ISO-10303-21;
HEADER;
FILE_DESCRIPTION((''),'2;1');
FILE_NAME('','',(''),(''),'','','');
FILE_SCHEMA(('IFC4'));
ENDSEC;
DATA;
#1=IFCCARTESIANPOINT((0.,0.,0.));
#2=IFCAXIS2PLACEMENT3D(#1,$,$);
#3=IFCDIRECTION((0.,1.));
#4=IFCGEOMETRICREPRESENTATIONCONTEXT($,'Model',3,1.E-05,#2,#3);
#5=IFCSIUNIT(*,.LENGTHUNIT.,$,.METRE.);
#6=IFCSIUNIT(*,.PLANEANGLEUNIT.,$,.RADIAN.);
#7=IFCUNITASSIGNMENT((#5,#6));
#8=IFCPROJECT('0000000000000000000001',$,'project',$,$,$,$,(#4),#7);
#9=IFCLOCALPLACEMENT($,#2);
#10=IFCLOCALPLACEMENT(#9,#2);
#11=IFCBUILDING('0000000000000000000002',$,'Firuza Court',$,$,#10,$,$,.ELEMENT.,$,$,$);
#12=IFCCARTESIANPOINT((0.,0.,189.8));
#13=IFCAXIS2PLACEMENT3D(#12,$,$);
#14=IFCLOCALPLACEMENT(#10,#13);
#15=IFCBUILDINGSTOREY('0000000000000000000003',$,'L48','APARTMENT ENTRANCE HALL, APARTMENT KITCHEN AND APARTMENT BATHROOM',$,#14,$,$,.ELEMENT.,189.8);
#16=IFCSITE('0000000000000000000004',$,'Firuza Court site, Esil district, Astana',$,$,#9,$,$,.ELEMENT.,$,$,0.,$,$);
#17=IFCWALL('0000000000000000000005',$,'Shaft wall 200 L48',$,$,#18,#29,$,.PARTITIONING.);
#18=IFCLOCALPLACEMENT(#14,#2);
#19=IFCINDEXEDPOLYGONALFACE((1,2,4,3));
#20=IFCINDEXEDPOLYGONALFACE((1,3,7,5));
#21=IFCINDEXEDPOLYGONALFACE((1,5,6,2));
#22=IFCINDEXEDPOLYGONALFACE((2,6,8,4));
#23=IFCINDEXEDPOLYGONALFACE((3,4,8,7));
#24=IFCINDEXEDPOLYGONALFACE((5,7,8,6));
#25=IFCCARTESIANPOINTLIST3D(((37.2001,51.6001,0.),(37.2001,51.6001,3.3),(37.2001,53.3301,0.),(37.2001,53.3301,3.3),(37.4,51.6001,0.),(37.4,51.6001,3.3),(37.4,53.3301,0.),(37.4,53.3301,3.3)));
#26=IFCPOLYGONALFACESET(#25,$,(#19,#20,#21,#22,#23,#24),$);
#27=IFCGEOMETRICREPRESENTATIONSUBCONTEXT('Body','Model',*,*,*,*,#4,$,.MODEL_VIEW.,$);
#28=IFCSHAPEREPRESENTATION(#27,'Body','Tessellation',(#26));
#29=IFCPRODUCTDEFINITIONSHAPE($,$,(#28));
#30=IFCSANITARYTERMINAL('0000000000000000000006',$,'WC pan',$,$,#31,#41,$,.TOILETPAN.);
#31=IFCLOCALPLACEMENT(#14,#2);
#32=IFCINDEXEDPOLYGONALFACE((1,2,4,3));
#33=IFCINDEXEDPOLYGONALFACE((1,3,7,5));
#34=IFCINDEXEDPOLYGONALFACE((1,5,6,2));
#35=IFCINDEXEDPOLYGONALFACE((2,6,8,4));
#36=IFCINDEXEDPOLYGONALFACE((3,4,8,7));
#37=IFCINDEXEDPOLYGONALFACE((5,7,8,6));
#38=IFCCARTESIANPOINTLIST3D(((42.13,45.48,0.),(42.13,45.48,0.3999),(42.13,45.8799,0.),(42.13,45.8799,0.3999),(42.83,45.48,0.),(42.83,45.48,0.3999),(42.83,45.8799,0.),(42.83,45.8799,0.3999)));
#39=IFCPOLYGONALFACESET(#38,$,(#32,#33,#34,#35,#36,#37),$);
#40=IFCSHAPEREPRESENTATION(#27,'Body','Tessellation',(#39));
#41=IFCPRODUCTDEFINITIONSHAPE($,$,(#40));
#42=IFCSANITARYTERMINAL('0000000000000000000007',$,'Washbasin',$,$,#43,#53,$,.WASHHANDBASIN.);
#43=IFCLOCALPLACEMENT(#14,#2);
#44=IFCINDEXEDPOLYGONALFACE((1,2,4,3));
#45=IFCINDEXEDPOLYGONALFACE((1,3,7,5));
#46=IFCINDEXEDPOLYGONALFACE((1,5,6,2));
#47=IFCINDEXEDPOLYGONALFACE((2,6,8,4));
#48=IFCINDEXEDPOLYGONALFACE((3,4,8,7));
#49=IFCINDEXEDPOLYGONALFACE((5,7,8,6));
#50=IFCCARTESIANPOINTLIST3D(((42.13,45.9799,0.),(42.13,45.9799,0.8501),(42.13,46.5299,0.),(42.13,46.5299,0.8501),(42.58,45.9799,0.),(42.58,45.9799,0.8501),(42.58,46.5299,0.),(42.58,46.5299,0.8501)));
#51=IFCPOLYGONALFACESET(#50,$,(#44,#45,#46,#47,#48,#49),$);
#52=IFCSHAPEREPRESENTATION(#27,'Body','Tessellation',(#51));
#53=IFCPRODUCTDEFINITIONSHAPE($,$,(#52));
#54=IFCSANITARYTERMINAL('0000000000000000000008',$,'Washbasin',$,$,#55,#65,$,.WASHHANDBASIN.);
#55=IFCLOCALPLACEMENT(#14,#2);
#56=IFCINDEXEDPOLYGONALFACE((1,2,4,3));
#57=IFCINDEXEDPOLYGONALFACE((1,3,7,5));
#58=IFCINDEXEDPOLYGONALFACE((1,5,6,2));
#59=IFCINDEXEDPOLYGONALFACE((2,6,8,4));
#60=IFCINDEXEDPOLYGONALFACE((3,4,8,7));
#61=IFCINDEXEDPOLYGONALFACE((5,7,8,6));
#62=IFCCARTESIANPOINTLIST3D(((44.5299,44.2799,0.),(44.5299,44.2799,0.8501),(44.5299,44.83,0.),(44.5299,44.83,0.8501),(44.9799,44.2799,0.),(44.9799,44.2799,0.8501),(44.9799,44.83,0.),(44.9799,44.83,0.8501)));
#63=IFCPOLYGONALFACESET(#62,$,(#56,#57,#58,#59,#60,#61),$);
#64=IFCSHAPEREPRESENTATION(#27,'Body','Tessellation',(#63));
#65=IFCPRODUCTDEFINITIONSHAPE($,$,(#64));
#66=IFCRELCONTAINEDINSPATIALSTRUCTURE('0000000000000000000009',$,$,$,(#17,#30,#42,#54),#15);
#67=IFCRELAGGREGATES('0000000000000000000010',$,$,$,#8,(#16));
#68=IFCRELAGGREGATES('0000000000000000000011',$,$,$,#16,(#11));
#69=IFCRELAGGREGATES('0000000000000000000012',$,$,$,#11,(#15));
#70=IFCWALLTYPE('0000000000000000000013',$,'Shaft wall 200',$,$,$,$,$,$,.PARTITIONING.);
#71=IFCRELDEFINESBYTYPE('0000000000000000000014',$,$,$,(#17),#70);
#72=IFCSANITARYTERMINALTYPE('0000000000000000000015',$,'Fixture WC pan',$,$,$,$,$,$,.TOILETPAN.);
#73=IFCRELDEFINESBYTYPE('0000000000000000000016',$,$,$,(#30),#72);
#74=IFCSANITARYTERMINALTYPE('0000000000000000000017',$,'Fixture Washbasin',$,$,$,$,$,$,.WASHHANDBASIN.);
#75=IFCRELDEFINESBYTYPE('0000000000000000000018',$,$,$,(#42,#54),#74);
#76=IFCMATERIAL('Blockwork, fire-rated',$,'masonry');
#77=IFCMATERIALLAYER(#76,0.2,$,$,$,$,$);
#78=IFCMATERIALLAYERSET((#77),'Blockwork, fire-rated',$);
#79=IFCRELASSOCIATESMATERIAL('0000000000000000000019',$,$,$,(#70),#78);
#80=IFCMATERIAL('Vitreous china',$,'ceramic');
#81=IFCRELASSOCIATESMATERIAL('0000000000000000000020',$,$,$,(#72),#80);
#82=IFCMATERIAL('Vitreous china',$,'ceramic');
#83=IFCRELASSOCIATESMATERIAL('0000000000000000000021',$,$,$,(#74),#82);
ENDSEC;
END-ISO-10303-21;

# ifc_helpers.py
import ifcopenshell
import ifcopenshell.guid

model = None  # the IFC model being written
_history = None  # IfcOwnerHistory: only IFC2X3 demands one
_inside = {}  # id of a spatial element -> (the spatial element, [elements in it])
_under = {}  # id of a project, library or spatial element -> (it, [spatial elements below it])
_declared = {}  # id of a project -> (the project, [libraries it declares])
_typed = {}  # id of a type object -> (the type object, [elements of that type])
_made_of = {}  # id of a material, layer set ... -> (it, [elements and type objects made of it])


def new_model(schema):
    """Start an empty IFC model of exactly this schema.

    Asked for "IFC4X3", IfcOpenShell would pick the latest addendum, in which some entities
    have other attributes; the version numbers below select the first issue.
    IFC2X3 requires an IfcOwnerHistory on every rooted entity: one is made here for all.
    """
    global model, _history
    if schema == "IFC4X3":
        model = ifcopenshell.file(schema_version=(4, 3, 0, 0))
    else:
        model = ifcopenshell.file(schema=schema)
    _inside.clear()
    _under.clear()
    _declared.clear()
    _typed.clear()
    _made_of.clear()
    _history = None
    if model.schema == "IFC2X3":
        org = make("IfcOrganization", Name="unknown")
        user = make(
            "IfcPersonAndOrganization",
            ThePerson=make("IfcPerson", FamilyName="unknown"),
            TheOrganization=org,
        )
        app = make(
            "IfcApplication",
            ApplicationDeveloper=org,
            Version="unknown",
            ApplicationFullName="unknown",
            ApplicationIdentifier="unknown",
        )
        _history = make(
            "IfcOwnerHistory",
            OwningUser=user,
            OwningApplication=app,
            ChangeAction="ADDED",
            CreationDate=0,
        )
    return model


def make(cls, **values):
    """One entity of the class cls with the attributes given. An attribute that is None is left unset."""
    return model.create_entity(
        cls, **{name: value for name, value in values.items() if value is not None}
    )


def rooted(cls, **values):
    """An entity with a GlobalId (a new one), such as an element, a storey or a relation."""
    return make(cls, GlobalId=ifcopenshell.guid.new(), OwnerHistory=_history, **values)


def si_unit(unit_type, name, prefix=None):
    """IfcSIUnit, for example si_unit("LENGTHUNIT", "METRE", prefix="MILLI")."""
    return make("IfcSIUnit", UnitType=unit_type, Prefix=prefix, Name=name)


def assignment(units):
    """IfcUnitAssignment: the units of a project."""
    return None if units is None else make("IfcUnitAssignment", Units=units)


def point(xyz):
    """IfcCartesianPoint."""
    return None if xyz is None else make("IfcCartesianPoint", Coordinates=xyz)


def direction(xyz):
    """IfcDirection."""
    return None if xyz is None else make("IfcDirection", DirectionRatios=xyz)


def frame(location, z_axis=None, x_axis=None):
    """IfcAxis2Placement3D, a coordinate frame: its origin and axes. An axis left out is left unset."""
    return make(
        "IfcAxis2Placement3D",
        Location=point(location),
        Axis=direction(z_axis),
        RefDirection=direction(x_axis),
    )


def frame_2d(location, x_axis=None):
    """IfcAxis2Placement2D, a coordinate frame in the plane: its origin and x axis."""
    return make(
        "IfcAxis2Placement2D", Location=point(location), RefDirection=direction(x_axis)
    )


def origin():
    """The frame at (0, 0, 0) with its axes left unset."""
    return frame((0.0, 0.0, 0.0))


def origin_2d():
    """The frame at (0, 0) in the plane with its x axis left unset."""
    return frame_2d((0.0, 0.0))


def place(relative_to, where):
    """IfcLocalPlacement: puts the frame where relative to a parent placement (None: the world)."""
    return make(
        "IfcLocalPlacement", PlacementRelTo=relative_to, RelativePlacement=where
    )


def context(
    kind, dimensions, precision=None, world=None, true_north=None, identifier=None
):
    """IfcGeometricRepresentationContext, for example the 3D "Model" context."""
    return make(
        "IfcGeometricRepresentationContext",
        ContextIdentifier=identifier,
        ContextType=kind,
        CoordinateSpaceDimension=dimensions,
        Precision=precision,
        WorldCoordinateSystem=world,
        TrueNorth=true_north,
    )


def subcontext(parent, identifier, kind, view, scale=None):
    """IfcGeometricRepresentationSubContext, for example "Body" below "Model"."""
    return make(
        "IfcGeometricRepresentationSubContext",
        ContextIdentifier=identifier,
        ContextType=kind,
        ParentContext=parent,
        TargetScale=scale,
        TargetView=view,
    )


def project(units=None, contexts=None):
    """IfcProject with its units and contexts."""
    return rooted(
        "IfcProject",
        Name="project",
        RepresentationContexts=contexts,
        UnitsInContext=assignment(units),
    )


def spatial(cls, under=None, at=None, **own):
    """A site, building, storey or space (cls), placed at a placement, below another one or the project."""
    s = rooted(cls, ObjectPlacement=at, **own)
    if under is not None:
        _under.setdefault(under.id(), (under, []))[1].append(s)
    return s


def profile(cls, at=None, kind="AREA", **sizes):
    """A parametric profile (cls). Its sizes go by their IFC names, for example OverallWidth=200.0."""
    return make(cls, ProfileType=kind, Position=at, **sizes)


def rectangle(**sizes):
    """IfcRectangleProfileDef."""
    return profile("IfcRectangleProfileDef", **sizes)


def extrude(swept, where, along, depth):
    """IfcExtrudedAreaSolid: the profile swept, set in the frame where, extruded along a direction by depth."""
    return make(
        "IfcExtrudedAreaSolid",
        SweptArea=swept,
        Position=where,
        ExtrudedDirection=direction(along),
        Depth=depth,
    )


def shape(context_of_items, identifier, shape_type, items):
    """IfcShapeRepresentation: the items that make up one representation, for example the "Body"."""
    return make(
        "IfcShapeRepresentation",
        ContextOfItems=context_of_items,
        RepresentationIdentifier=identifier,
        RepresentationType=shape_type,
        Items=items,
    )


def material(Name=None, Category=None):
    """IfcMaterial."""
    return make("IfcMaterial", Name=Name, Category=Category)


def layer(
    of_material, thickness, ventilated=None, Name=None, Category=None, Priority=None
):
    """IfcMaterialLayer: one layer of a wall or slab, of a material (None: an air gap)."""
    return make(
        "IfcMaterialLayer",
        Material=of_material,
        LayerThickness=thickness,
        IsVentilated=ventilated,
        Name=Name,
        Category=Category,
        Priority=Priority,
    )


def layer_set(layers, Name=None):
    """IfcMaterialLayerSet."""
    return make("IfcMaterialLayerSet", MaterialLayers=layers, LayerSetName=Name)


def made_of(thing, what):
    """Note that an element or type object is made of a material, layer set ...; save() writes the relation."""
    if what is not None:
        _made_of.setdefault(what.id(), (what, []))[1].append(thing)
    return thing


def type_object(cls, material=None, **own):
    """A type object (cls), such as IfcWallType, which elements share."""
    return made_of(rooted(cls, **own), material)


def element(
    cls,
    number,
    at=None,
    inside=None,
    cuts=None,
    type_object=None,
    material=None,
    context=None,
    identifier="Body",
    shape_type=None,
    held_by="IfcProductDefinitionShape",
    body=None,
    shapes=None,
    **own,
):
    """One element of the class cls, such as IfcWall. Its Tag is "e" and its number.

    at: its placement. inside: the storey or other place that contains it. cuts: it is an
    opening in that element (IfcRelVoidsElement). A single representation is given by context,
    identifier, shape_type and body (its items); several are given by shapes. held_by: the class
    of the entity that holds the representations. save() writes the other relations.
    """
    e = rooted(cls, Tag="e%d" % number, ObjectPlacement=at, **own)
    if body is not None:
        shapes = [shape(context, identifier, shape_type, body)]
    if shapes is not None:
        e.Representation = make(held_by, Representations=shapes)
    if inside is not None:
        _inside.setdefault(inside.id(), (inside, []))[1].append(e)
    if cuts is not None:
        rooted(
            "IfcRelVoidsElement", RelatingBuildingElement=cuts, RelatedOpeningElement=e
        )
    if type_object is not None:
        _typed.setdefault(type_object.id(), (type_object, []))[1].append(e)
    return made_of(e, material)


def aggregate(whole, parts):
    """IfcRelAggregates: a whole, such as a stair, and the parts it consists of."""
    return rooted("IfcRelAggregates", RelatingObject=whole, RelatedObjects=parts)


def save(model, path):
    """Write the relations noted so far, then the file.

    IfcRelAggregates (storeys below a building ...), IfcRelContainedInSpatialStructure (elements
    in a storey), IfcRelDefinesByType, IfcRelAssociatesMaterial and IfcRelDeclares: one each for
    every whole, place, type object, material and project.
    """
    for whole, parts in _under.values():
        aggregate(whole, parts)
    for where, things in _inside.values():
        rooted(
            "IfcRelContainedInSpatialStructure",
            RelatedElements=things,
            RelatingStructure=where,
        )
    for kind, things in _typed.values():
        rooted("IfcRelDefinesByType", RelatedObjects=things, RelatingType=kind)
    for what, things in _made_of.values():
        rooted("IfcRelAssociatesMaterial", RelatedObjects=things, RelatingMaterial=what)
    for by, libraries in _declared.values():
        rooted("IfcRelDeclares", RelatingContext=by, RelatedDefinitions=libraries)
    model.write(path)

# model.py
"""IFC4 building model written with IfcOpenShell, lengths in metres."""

from ifc_helpers import new_model, si_unit, direction, frame, frame_2d, origin, origin_2d, place, context, subcontext, project, spatial, rectangle, extrude, material, layer, layer_set, type_object, element, save


model = new_model("IFC4")

# Units and contexts
model_context = context("Model", 3, precision=1e-05, world=origin(), true_north=direction((0.0, 1.0)))
body_context = subcontext(model_context, "Body", "Model", "MODEL_VIEW")
ifc_project = project(units=[si_unit("LENGTHUNIT", "METRE"), si_unit("PLANEANGLEUNIT", "RADIAN")], contexts=[model_context])

# Site, building, storey
site_placement = place(None, origin())
site = spatial("IfcSite", under=ifc_project, at=site_placement, Name="Firuza Court site, Esil district, Astana", CompositionType="ELEMENT", RefElevation=0.0)
building_placement = place(site_placement, origin())
building = spatial("IfcBuilding", under=site, at=building_placement, Name="Firuza Court", CompositionType="ELEMENT")
storey_placement = place(building_placement, frame((0.0, 0.0, 189.8)))
storey = spatial("IfcBuildingStorey", under=building, at=storey_placement, Name="L48", Description="APARTMENT ENTRANCE HALL, APARTMENT KITCHEN AND APARTMENT BATHROOM", CompositionType="ELEMENT", Elevation=189.8)

# Shared definitions
ifc_material_1 = material(Name="Blockwork, fire-rated", Category="masonry")
ifc_layer_1 = layer(ifc_material_1, 0.2)
ifc_layer_set_1 = layer_set([ifc_layer_1], Name="Blockwork, fire-rated")
wall_type_1 = type_object("IfcWallType", Name="Shaft wall 200", PredefinedType="PARTITIONING", material=ifc_layer_set_1)

# Wall
for number, where, z_axis, x_axis, name in (
    (1, (37.3, 51.6001, 0.0), (0.0, 0.0, 1.0), (0.0, 1.0, 0.0), "Shaft wall 200 L48"),
):
    element("IfcWall", number, at=place(storey_placement, frame(where, z_axis=z_axis, x_axis=x_axis)), inside=storey, type_object=wall_type_1, Name=name, PredefinedType="PARTITIONING", context=body_context, shape_type="SweptSolid", body=[
        extrude(rectangle(XDim=1.73, YDim=0.2, at=frame_2d((0.865, 0.0))), origin(), (0.0, 0.0, 1.0), 3.3),
    ])

# Sanitary terminals
ifc_material_2 = material(Name="Vitreous china", Category="ceramic")
sanitary_terminal_type_1 = type_object("IfcSanitaryTerminalType", Name="Fixture WC pan", PredefinedType="TOILETPAN", material=ifc_material_2)
sanitary_terminal_placement = place(storey_placement, frame((42.48, 45.6799, 0.0), z_axis=(0.0, 0.0, 1.0), x_axis=(1.0, 0.0, 0.0)))
element("IfcSanitaryTerminal", 2, at=sanitary_terminal_placement, inside=storey, type_object=sanitary_terminal_type_1, Name="WC pan", PredefinedType="TOILETPAN", context=body_context, shape_type="SweptSolid", body=[
    extrude(rectangle(XDim=0.7, YDim=0.3999, at=origin_2d()), origin(), (0.0, 0.0, 1.0), 0.3999),
])
ifc_material_3 = material(Name="Vitreous china", Category="ceramic")
sanitary_terminal_type_2 = type_object("IfcSanitaryTerminalType", Name="Fixture Washbasin", PredefinedType="WASHHANDBASIN", material=ifc_material_3)
for number, where, z_axis, x_axis, name in (
    (3, (42.355, 46.2549, 0.0), (0.0, 0.0, 1.0), (1.0, 0.0, 0.0), "Washbasin"),
    (4, (44.7549, 44.5549, 0.0), (0.0, 0.0, 1.0), (1.0, 0.0, 0.0), "Washbasin"),
):
    element("IfcSanitaryTerminal", number, at=place(storey_placement, frame(where, z_axis=z_axis, x_axis=x_axis)), inside=storey, type_object=sanitary_terminal_type_2, Name=name, PredefinedType="WASHHANDBASIN", context=body_context, shape_type="SweptSolid", body=[
        extrude(rectangle(XDim=0.45, YDim=0.55, at=origin_2d()), origin(), (0.0, 0.0, 1.0), 0.8501),
    ])

save(model, "model.ifc")
